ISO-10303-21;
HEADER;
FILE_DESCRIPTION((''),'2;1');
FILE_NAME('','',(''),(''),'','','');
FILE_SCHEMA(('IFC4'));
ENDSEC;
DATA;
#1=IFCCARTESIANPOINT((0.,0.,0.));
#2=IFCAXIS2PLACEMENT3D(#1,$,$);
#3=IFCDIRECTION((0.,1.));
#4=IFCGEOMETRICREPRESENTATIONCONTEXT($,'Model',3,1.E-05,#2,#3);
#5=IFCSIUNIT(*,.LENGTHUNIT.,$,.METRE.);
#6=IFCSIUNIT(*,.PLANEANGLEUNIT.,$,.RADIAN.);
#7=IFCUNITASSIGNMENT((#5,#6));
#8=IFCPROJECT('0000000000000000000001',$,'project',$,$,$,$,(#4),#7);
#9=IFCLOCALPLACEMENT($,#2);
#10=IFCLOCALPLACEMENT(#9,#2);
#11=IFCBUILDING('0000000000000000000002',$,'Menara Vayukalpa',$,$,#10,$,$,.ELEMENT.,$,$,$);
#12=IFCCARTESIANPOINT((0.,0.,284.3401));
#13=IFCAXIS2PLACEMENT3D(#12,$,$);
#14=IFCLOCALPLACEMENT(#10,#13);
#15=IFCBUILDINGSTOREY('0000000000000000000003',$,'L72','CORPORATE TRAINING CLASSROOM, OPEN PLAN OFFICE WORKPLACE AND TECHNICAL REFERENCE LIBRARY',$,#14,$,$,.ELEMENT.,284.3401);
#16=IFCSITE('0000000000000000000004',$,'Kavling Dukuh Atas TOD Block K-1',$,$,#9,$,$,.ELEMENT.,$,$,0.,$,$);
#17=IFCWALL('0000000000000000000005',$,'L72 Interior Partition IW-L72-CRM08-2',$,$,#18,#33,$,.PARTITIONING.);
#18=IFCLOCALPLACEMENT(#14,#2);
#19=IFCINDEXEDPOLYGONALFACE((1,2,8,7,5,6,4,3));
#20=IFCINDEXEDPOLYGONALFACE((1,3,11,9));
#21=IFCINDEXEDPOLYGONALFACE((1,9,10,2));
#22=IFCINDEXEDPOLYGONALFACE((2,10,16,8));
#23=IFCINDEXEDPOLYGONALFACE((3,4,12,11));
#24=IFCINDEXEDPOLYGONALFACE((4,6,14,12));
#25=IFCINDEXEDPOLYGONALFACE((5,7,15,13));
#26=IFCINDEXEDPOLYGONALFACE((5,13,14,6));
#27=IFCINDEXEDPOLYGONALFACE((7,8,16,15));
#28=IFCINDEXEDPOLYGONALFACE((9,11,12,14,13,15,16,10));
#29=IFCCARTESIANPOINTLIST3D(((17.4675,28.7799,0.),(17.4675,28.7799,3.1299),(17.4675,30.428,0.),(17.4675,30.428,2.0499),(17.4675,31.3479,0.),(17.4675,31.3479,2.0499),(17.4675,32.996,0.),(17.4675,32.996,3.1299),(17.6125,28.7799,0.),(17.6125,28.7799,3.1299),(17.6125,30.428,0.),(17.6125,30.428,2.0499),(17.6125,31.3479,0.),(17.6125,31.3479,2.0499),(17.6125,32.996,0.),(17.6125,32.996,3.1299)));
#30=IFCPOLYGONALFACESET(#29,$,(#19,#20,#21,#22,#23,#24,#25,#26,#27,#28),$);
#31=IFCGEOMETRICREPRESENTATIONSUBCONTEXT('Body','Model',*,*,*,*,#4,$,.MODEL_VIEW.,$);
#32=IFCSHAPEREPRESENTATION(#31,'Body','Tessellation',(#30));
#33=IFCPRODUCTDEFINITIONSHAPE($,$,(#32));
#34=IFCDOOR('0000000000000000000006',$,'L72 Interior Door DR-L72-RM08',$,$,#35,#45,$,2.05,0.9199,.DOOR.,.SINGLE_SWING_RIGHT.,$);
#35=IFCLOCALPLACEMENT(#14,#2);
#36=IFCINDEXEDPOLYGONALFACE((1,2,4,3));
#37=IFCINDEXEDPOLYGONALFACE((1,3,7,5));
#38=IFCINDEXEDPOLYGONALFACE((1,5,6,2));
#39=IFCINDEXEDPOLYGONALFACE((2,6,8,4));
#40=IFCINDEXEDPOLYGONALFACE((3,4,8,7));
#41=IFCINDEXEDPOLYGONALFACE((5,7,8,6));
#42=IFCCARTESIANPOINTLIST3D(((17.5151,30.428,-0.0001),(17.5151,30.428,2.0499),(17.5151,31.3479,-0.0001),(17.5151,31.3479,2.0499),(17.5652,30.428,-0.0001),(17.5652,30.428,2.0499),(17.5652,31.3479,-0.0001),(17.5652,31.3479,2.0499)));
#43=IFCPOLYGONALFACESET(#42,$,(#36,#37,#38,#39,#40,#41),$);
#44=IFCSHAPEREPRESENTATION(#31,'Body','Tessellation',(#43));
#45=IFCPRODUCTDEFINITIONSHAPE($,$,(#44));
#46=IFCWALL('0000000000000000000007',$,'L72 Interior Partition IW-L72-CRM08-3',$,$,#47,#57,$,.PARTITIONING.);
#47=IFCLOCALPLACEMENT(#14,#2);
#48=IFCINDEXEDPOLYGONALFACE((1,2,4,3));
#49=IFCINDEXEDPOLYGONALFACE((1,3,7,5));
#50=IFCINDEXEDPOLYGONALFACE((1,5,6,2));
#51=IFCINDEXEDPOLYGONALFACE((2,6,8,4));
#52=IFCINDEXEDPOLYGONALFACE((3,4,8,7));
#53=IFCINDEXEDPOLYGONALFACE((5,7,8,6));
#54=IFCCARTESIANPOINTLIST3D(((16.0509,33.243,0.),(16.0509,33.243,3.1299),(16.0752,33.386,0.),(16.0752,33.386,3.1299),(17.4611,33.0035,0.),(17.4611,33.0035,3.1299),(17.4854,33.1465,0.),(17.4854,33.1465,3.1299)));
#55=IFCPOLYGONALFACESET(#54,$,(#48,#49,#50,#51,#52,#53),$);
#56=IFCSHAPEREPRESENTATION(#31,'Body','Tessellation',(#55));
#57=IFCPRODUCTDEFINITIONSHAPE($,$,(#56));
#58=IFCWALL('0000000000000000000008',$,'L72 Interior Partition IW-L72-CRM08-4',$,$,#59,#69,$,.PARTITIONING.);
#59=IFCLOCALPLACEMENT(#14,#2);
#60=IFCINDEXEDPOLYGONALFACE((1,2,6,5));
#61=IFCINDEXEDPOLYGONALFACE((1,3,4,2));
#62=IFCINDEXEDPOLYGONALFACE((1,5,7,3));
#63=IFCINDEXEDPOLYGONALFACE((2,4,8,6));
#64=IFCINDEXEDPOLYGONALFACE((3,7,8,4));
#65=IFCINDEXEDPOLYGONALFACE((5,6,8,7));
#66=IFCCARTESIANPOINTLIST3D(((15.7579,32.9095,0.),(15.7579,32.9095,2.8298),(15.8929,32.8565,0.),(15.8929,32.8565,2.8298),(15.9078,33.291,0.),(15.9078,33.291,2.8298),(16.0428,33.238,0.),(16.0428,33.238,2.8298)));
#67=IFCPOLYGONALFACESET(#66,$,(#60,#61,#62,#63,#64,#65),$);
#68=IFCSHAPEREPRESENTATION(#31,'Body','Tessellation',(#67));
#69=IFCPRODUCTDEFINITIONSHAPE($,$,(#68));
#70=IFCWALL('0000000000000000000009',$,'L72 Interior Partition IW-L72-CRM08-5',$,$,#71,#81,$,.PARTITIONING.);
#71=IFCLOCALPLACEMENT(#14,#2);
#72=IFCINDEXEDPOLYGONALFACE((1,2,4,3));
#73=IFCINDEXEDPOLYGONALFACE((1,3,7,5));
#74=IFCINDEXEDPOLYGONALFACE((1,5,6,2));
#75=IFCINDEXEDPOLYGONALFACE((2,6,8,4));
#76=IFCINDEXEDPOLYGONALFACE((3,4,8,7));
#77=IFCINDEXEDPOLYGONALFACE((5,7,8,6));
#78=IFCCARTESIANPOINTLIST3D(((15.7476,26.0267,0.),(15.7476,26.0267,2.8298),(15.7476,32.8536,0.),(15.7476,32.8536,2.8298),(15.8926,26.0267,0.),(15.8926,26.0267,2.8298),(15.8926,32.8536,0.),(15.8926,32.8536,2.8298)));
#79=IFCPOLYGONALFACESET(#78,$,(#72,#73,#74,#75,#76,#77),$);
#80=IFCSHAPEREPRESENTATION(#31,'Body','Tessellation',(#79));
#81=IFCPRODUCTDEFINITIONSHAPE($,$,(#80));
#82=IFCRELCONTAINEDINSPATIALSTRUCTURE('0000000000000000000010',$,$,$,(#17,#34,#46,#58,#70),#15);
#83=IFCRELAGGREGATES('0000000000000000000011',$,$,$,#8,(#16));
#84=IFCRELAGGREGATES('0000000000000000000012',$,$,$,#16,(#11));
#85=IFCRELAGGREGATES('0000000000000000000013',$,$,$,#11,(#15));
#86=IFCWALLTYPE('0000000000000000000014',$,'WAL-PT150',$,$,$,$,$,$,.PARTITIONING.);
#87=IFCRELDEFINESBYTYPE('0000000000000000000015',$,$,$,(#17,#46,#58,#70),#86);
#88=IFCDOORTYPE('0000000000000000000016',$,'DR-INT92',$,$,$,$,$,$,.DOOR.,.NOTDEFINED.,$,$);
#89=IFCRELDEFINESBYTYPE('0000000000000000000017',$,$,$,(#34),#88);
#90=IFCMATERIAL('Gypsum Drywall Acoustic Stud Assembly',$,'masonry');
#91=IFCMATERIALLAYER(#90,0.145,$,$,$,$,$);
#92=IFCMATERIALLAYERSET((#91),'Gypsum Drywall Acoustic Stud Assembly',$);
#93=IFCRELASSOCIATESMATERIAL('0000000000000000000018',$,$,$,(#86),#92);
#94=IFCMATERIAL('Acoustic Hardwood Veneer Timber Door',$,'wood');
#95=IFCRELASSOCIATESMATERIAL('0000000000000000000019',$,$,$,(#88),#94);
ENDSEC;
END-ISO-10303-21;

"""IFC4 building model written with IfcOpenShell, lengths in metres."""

from ifc_helpers import new_model, si_unit, direction, frame, frame_2d, origin, place, context, subcontext, project, spatial, rectangle, extrude, material, layer, layer_set, type_object, element, fill, save


model = new_model("IFC4")

# Units and contexts
model_context = context("Model", 3, precision=1e-05, world=origin(), true_north=direction((0.0, 1.0)))
body_context = subcontext(model_context, "Body", "Model", "MODEL_VIEW")
ifc_project = project(units=[si_unit("LENGTHUNIT", "METRE"), si_unit("PLANEANGLEUNIT", "RADIAN")], contexts=[model_context])

# Site, building, storey
site_placement = place(None, origin())
site = spatial("IfcSite", under=ifc_project, at=site_placement, Name="Kavling Dukuh Atas TOD Block K-1", CompositionType="ELEMENT", RefElevation=0.0)
building_placement = place(site_placement, origin())
building = spatial("IfcBuilding", under=site, at=building_placement, Name="Menara Vayukalpa", CompositionType="ELEMENT")
storey_placement = place(building_placement, frame((0.0, 0.0, 284.3401)))
storey = spatial("IfcBuildingStorey", under=building, at=storey_placement, Name="L72", Description="CORPORATE TRAINING CLASSROOM, OPEN PLAN OFFICE WORKPLACE AND TECHNICAL REFERENCE LIBRARY", CompositionType="ELEMENT", Elevation=284.3401)

# Wall, opening, door
ifc_material_1 = material(Name="Gypsum Drywall Acoustic Stud Assembly", Category="masonry")
ifc_layer_1 = layer(ifc_material_1, 0.145)
ifc_layer_set_1 = layer_set([ifc_layer_1], Name="Gypsum Drywall Acoustic Stud Assembly")
wall_type_1 = type_object("IfcWallType", Name="WAL-PT150", PredefinedType="PARTITIONING", material=ifc_layer_set_1)
wall_1_placement = place(storey_placement, frame((17.54, 28.78, 0.0), z_axis=(0.0, 0.0, 1.0), x_axis=(0.0, 1.0, 0.0)))
wall_1 = element("IfcWall", 1, at=wall_1_placement, inside=storey, type_object=wall_type_1, Name="L72 Interior Partition IW-L72-CRM08-2", PredefinedType="PARTITIONING", context=body_context, shape_type="SweptSolid", body=[
    extrude(rectangle(XDim=4.2161, YDim=0.145, at=frame_2d((2.1079, 0.0))), origin(), (0.0, 0.0, 1.0), 3.1299),
])
opening_placement = place(wall_1_placement, frame((1.6479, 0.0, 0.0)))
opening = element("IfcOpeningElement", 2, at=opening_placement, cuts=wall_1, PredefinedType="OPENING", context=body_context, shape_type="SweptSolid", body=[
    extrude(rectangle(XDim=0.9199, YDim=2.05, at=frame_2d((0.46, 1.0249))), frame((0.0, 0.0825, 0.0), z_axis=(0.0, -1.0, 0.0), x_axis=(1.0, 0.0, 0.0)), (0.0, 0.0, 1.0), 0.165),
])
ifc_material_2 = material(Name="Acoustic Hardwood Veneer Timber Door", Category="wood")
door_type = type_object("IfcDoorType", Name="DR-INT92", OperationType="NOTDEFINED", PredefinedType="DOOR", material=ifc_material_2)
door_placement = place(opening_placement, origin())
door = element("IfcDoor", 3, at=door_placement, inside=storey, type_object=door_type, Name="L72 Interior Door DR-L72-RM08", OperationType="SINGLE_SWING_RIGHT", OverallHeight=2.05, OverallWidth=0.9199, PredefinedType="DOOR", context=body_context, shape_type="SweptSolid", body=[
    extrude(rectangle(XDim=0.9199, YDim=2.05, at=frame_2d((0.46, 1.0249))), frame((0.0, 0.0249, 0.0), z_axis=(0.0, -1.0, 0.0), x_axis=(1.0, 0.0, 0.0)), (0.0, 0.0, 1.0), 0.05),
])
fill(opening, door)

# Walls
wall_2_placement = place(storey_placement, frame((17.4734, 33.075, 0.0), z_axis=(0.0, 0.0, 1.0), x_axis=(-0.985882, 0.167443, 0.0)))
element("IfcWall", 4, at=wall_2_placement, inside=storey, type_object=wall_type_1, Name="L72 Interior Partition IW-L72-CRM08-3", PredefinedType="PARTITIONING", context=body_context, shape_type="SweptSolid", body=[
    extrude(rectangle(XDim=1.4304, YDim=0.145, at=frame_2d((0.7153, 0.0))), origin(), (0.0, 0.0, 1.0), 3.1299),
])
wall_3_placement = place(storey_placement, frame((15.9753, 33.2646, 0.0), z_axis=(0.0, 0.0, 1.0), x_axis=(-0.365634, -0.930759, 0.0)))
element("IfcWall", 5, at=wall_3_placement, inside=storey, type_object=wall_type_1, Name="L72 Interior Partition IW-L72-CRM08-4", PredefinedType="PARTITIONING", context=body_context, shape_type="SweptSolid", body=[
    extrude(rectangle(XDim=0.4099, YDim=0.145, at=frame_2d((0.2051, 0.0))), origin(), (0.0, 0.0, 1.0), 2.8298),
])
wall_4_placement = place(storey_placement, frame((15.8201, 32.8538, 0.0), z_axis=(0.0, 0.0, 1.0), x_axis=(0.0, -1.0, 0.0)))
element("IfcWall", 6, at=wall_4_placement, inside=storey, type_object=wall_type_1, Name="L72 Interior Partition IW-L72-CRM08-5", PredefinedType="PARTITIONING", context=body_context, shape_type="SweptSolid", body=[
    extrude(rectangle(XDim=6.8269, YDim=0.145, at=frame_2d((3.4136, 0.0))), origin(), (0.0, 0.0, 1.0), 2.8298),
])

save(model, "model.ifc")
